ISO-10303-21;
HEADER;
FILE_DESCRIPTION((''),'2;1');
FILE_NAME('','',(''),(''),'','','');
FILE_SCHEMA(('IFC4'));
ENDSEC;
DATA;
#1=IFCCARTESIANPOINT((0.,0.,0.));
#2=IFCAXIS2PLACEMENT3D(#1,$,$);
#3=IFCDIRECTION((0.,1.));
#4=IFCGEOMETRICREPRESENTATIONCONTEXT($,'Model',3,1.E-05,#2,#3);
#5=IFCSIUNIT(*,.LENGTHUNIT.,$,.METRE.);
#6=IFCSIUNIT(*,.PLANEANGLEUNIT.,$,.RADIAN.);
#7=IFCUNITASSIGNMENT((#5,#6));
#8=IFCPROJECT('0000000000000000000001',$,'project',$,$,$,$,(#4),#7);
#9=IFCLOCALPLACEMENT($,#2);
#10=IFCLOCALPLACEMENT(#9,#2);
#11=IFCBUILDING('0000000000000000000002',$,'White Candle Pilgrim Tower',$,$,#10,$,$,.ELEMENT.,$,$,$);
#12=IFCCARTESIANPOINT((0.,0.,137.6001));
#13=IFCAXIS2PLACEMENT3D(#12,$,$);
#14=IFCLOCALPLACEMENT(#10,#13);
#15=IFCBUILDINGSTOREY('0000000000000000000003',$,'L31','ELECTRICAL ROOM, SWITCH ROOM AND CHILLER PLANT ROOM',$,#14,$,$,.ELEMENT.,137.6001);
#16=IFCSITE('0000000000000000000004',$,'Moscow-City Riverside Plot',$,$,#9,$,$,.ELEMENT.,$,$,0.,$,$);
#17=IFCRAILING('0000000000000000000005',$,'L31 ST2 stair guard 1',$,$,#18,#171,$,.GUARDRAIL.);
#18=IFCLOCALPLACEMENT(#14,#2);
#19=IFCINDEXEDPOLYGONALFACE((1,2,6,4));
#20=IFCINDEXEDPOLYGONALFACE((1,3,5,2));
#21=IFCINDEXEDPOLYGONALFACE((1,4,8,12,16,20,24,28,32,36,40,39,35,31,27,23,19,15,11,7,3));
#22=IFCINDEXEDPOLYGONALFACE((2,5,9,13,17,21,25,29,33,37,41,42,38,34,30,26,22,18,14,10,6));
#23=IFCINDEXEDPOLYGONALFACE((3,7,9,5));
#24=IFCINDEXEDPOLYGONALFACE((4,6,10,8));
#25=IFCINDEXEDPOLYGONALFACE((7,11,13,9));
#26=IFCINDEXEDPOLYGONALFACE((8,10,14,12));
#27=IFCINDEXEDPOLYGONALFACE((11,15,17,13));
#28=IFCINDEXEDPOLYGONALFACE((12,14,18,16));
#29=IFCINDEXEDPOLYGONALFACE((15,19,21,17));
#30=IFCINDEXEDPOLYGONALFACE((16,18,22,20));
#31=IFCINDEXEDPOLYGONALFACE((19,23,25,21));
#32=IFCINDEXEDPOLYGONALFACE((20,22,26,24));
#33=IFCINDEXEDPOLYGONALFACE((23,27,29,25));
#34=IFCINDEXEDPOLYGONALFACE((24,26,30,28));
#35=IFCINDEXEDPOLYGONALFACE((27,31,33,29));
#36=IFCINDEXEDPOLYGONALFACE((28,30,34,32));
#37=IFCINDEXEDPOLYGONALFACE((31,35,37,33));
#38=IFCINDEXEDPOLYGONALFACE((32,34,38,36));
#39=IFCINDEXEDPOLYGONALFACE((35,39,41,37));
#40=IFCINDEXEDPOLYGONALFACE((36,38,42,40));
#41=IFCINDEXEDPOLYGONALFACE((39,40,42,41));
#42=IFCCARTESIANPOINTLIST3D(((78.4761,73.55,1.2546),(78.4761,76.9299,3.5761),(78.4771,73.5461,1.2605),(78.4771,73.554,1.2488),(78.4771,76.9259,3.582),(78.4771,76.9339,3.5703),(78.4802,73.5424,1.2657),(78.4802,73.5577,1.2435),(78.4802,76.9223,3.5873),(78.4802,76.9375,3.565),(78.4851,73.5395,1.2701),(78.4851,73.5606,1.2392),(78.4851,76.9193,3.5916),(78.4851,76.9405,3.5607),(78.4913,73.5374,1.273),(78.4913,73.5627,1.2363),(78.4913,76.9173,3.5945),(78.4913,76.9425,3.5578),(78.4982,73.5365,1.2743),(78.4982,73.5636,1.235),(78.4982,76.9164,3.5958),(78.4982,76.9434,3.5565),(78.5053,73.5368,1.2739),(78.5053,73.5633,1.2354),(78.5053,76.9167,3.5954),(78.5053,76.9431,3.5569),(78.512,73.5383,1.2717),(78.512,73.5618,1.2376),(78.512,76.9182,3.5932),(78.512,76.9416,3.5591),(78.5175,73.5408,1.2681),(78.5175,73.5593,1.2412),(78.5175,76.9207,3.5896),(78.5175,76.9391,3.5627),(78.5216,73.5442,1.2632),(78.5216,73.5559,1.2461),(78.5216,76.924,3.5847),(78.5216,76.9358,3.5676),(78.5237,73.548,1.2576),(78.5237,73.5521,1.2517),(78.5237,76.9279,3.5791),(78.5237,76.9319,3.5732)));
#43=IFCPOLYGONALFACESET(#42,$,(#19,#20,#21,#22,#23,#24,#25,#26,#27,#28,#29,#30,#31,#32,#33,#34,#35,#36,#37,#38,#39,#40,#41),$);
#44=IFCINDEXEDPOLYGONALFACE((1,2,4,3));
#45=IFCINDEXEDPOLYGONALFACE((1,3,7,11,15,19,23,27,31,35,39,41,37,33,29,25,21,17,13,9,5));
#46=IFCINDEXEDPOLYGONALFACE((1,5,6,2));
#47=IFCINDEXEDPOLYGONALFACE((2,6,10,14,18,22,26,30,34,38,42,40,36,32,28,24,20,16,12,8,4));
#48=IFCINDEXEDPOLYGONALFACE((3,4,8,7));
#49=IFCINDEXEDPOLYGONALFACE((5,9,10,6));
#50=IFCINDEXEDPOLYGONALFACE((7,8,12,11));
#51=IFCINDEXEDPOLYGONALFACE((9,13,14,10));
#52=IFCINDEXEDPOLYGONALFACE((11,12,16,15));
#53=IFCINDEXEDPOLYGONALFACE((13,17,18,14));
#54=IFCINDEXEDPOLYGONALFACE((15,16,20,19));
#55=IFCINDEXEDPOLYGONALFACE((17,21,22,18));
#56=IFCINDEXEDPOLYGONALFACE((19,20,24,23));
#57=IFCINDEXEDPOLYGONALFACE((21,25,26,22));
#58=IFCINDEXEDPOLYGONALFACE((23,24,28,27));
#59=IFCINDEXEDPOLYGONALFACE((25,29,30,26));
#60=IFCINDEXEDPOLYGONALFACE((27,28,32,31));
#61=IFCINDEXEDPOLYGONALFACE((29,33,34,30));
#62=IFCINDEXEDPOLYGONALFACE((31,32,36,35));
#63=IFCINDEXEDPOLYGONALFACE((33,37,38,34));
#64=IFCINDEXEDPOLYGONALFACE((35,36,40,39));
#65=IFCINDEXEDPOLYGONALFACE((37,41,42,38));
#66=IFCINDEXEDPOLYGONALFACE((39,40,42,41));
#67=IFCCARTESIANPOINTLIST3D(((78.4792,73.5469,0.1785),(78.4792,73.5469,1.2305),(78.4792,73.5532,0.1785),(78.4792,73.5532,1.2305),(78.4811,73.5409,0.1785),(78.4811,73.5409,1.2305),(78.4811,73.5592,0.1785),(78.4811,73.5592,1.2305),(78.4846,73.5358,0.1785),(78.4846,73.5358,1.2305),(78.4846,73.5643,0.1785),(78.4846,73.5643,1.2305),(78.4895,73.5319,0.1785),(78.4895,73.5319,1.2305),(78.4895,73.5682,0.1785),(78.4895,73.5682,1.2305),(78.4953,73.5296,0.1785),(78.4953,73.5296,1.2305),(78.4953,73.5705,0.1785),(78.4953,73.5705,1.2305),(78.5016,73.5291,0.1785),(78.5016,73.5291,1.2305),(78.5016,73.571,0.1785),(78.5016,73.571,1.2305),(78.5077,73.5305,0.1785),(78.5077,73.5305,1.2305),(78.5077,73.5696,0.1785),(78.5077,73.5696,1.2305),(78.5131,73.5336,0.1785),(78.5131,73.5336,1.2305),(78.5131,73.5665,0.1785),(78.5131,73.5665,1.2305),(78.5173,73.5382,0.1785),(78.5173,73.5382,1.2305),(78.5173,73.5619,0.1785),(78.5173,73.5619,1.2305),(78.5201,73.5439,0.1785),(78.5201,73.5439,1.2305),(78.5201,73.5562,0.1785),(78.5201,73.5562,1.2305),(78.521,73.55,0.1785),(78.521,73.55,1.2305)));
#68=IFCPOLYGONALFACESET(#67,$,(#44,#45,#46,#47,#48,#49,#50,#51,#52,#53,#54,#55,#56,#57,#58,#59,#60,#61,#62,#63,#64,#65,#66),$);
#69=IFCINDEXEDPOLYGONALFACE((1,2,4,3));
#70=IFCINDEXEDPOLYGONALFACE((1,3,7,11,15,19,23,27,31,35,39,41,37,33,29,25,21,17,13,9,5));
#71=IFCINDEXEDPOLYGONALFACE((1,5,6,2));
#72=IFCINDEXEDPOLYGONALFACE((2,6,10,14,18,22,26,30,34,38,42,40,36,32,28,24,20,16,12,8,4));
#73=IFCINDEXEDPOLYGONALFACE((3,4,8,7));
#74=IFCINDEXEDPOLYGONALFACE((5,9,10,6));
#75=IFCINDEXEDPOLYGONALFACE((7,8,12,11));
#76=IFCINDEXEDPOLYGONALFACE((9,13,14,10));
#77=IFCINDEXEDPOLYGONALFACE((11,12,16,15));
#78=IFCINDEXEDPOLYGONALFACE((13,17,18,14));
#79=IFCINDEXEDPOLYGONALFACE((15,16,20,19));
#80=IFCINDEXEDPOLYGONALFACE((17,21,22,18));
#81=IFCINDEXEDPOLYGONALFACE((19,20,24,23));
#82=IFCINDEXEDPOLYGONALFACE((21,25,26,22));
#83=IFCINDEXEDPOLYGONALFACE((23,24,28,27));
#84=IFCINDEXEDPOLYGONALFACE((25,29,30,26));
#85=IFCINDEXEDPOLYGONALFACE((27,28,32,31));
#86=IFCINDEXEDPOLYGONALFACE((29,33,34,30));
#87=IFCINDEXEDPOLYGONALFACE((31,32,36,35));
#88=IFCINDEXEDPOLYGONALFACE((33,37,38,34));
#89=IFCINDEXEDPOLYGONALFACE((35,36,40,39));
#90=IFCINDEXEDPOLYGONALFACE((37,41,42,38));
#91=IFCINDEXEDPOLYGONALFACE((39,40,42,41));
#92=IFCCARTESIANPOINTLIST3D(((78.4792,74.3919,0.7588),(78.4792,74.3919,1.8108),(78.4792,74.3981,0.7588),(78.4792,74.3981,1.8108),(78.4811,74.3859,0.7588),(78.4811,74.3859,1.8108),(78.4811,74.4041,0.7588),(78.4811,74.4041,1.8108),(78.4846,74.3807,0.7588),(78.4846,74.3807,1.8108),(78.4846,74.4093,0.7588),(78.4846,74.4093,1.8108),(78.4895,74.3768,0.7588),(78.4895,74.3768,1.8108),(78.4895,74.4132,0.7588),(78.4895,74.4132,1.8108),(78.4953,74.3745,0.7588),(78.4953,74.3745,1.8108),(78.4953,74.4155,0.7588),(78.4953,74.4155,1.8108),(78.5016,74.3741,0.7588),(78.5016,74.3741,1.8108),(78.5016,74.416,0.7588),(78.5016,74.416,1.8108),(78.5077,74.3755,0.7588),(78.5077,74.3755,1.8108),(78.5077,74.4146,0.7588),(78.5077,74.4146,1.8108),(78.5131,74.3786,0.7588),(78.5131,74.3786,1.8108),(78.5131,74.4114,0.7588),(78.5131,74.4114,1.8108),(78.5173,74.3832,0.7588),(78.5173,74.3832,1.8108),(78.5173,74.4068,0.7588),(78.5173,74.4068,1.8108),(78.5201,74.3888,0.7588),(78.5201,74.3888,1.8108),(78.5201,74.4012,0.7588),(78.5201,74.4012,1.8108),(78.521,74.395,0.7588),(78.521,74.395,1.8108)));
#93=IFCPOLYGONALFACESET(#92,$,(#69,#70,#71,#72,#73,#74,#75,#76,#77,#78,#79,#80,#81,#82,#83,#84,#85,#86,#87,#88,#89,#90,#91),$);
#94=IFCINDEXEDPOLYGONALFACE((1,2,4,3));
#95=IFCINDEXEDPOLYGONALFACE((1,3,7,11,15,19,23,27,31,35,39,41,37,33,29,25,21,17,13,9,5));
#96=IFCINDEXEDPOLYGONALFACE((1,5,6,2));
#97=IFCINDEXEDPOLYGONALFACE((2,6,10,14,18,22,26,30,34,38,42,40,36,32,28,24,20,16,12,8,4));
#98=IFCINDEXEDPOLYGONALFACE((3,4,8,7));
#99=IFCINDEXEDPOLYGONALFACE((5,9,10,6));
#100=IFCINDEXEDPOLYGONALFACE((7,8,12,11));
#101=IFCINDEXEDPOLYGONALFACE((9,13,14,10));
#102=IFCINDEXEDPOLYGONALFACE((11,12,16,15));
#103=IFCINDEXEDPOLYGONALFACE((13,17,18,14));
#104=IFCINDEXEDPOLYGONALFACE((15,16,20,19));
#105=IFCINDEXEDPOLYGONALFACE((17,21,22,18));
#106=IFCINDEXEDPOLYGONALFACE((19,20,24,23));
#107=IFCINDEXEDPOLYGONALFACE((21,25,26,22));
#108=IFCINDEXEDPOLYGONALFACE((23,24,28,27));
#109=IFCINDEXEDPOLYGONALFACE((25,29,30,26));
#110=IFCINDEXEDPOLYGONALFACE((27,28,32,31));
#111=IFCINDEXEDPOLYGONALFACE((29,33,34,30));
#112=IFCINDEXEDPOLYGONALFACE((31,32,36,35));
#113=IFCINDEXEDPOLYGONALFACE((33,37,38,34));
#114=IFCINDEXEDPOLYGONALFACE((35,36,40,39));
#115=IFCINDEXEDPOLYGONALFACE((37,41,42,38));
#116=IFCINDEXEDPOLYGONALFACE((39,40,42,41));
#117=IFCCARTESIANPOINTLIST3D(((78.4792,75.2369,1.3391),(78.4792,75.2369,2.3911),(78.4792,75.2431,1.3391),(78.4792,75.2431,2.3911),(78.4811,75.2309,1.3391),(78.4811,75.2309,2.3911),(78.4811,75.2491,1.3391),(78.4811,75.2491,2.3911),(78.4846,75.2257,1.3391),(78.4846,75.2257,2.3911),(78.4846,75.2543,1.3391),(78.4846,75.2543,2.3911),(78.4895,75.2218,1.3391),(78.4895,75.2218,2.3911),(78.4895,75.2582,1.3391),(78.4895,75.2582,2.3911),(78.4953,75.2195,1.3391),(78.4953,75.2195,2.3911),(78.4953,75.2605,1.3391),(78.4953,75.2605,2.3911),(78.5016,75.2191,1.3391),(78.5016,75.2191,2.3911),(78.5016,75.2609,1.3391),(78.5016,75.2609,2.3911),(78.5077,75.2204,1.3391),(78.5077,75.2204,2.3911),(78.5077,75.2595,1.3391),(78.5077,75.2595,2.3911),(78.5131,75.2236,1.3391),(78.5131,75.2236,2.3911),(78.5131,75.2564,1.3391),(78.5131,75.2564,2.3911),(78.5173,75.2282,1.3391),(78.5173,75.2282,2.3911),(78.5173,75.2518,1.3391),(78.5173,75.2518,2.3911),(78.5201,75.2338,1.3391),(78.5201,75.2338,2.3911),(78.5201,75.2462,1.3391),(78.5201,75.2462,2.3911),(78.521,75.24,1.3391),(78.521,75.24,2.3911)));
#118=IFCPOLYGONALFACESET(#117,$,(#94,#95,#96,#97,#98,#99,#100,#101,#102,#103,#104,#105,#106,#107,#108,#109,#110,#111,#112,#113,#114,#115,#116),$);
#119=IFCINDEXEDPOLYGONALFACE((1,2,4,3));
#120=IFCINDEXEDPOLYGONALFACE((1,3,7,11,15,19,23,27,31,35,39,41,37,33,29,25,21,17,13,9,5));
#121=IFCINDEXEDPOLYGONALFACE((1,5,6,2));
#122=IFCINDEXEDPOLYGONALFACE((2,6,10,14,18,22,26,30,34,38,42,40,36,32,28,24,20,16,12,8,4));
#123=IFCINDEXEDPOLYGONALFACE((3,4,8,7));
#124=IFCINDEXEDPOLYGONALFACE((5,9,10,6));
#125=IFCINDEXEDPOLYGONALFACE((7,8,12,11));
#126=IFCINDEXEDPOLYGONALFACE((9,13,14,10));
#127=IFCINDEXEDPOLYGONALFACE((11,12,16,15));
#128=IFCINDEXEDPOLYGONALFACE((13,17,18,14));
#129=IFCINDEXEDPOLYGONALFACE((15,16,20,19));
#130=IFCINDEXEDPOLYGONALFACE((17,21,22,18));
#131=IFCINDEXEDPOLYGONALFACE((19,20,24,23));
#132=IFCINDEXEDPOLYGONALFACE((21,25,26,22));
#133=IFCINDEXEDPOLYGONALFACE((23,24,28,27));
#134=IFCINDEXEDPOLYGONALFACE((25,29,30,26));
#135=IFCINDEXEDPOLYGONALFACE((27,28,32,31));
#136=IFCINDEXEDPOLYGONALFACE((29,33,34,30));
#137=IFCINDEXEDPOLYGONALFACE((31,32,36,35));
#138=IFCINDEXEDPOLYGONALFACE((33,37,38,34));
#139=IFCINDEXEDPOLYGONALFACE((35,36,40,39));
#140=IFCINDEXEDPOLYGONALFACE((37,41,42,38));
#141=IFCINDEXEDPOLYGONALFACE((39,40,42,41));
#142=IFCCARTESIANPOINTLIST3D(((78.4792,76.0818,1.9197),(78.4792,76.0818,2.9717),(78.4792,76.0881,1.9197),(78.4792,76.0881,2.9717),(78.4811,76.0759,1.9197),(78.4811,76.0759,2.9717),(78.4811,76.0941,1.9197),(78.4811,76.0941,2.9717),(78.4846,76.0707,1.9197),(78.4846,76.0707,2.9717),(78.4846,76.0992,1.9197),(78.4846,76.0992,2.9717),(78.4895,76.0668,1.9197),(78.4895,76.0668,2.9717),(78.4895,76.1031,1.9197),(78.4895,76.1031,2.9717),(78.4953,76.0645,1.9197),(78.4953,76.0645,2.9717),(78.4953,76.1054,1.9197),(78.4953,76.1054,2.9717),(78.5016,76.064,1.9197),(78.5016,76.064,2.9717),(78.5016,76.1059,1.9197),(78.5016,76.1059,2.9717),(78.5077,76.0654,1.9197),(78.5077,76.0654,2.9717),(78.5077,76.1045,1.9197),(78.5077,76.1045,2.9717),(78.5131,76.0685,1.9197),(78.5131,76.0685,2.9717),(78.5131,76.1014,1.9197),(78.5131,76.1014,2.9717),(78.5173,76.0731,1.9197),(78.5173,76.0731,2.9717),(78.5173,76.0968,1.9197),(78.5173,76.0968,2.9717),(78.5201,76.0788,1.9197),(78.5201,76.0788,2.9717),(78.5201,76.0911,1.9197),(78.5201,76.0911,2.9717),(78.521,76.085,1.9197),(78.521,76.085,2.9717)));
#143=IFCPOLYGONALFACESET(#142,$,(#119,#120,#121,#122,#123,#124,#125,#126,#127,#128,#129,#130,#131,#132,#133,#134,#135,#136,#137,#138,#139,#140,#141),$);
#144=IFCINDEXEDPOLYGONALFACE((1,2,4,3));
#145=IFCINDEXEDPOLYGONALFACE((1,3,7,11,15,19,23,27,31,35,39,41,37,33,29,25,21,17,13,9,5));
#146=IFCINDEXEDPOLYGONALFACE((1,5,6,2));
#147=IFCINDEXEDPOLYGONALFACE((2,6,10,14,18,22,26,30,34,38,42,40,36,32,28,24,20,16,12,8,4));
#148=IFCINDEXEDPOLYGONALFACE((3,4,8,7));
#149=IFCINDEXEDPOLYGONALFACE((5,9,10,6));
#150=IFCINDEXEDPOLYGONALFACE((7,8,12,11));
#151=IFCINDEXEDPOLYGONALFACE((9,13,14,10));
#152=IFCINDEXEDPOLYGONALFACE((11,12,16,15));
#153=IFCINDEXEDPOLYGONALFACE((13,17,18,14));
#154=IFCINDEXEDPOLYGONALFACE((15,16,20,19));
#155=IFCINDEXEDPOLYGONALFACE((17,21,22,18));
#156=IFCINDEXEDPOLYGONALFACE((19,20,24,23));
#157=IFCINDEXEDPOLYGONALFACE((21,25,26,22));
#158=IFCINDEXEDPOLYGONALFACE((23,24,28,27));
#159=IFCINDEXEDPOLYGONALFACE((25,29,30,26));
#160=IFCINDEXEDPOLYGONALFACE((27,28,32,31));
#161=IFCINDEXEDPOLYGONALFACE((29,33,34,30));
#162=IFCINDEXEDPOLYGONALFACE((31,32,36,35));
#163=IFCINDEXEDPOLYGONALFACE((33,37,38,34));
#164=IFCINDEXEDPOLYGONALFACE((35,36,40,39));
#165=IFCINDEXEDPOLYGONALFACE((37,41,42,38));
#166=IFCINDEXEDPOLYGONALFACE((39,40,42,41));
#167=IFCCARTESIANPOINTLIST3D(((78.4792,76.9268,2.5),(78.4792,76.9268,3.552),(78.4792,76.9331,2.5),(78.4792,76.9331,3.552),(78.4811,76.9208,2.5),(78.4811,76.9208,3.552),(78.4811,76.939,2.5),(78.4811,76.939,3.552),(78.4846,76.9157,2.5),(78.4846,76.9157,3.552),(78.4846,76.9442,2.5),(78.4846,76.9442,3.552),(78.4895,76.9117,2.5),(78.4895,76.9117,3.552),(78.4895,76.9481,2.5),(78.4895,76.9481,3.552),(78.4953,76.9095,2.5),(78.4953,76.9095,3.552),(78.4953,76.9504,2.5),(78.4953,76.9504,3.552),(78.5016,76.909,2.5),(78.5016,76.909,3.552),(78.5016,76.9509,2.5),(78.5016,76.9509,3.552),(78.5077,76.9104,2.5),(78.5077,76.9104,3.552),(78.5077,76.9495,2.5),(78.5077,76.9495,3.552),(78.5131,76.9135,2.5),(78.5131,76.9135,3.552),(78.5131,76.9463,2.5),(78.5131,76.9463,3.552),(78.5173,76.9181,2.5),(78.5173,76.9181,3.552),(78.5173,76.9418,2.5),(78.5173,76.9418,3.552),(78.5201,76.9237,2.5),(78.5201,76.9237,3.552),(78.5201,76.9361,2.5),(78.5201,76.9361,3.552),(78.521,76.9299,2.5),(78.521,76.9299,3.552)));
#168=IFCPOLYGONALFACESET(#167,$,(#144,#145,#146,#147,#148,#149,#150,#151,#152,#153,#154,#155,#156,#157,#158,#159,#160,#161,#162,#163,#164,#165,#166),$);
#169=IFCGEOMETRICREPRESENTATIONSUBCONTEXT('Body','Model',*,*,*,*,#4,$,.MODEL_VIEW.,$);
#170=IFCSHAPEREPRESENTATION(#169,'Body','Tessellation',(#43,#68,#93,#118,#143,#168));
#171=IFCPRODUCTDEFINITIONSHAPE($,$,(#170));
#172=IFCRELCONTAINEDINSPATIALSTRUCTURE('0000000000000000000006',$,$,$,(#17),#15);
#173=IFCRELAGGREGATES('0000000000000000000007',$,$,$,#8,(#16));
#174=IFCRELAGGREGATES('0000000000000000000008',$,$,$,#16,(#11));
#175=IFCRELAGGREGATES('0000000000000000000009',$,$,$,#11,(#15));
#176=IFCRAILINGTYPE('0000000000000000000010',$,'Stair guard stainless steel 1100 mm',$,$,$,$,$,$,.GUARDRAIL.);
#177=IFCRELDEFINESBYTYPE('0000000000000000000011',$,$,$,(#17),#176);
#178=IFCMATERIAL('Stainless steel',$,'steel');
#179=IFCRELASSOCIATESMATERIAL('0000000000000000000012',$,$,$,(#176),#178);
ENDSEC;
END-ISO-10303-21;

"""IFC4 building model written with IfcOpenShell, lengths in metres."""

from ifc_helpers import new_model, si_unit, direction, frame, origin, origin_2d, place, context, subcontext, project, spatial, circle, extrude, material, type_object, element, save


model = new_model("IFC4")

# Units and contexts
model_context = context("Model", 3, precision=1e-05, world=origin(), true_north=direction((0.0, 1.0)))
body_context = subcontext(model_context, "Body", "Model", "MODEL_VIEW")
ifc_project = project(units=[si_unit("LENGTHUNIT", "METRE"), si_unit("PLANEANGLEUNIT", "RADIAN")], contexts=[model_context])

# Site, building, storey
site_placement = place(None, origin())
site = spatial("IfcSite", under=ifc_project, at=site_placement, Name="Moscow-City Riverside Plot", CompositionType="ELEMENT", RefElevation=0.0)
building_placement = place(site_placement, origin())
building = spatial("IfcBuilding", under=site, at=building_placement, Name="White Candle Pilgrim Tower", CompositionType="ELEMENT")
storey_placement = place(building_placement, frame((0.0, 0.0, 137.6001)))
storey = spatial("IfcBuildingStorey", under=building, at=storey_placement, Name="L31", Description="ELECTRICAL ROOM, SWITCH ROOM AND CHILLER PLANT ROOM", CompositionType="ELEMENT", Elevation=137.6001)

# Railing
ifc_material_1 = material(Name="Stainless steel", Category="steel")
railing_type_1 = type_object("IfcRailingType", Name="Stair guard stainless steel 1100 mm", PredefinedType="GUARDRAIL", material=ifc_material_1)
railing_1_placement = place(storey_placement, frame((78.5, 73.55, 0.1785)))
element("IfcRailing", 1, at=railing_1_placement, inside=storey, type_object=railing_type_1, Name="L31 ST2 stair guard 1", PredefinedType="GUARDRAIL", context=body_context, shape_type="SweptSolid", body=[
    extrude(circle(Radius=0.0239, at=origin_2d()), frame((0.0, 0.0, 1.0762), z_axis=(0.0, 0.824285, 0.566175), x_axis=(-1.0, 0.0, 0.0)), (0.0, 0.0, 1.0), 4.1003),
    extrude(circle(Radius=0.021, at=origin_2d()), origin(), (0.0, 0.0, 1.0), 1.052),
    extrude(circle(Radius=0.021, at=origin_2d()), frame((0.0, 0.845, 0.5803)), (0.0, 0.0, 1.0), 1.052),
    extrude(circle(Radius=0.021, at=origin_2d()), frame((0.0, 1.6899, 1.1606)), (0.0, 0.0, 1.0), 1.052),
    extrude(circle(Radius=0.021, at=origin_2d()), frame((0.0, 2.5349, 1.7412)), (0.0, 0.0, 1.0), 1.052),
    extrude(circle(Radius=0.021, at=origin_2d()), frame((0.0, 3.3799, 2.3215)), (0.0, 0.0, 1.0), 1.052),
])

save(model, "model.ifc")
